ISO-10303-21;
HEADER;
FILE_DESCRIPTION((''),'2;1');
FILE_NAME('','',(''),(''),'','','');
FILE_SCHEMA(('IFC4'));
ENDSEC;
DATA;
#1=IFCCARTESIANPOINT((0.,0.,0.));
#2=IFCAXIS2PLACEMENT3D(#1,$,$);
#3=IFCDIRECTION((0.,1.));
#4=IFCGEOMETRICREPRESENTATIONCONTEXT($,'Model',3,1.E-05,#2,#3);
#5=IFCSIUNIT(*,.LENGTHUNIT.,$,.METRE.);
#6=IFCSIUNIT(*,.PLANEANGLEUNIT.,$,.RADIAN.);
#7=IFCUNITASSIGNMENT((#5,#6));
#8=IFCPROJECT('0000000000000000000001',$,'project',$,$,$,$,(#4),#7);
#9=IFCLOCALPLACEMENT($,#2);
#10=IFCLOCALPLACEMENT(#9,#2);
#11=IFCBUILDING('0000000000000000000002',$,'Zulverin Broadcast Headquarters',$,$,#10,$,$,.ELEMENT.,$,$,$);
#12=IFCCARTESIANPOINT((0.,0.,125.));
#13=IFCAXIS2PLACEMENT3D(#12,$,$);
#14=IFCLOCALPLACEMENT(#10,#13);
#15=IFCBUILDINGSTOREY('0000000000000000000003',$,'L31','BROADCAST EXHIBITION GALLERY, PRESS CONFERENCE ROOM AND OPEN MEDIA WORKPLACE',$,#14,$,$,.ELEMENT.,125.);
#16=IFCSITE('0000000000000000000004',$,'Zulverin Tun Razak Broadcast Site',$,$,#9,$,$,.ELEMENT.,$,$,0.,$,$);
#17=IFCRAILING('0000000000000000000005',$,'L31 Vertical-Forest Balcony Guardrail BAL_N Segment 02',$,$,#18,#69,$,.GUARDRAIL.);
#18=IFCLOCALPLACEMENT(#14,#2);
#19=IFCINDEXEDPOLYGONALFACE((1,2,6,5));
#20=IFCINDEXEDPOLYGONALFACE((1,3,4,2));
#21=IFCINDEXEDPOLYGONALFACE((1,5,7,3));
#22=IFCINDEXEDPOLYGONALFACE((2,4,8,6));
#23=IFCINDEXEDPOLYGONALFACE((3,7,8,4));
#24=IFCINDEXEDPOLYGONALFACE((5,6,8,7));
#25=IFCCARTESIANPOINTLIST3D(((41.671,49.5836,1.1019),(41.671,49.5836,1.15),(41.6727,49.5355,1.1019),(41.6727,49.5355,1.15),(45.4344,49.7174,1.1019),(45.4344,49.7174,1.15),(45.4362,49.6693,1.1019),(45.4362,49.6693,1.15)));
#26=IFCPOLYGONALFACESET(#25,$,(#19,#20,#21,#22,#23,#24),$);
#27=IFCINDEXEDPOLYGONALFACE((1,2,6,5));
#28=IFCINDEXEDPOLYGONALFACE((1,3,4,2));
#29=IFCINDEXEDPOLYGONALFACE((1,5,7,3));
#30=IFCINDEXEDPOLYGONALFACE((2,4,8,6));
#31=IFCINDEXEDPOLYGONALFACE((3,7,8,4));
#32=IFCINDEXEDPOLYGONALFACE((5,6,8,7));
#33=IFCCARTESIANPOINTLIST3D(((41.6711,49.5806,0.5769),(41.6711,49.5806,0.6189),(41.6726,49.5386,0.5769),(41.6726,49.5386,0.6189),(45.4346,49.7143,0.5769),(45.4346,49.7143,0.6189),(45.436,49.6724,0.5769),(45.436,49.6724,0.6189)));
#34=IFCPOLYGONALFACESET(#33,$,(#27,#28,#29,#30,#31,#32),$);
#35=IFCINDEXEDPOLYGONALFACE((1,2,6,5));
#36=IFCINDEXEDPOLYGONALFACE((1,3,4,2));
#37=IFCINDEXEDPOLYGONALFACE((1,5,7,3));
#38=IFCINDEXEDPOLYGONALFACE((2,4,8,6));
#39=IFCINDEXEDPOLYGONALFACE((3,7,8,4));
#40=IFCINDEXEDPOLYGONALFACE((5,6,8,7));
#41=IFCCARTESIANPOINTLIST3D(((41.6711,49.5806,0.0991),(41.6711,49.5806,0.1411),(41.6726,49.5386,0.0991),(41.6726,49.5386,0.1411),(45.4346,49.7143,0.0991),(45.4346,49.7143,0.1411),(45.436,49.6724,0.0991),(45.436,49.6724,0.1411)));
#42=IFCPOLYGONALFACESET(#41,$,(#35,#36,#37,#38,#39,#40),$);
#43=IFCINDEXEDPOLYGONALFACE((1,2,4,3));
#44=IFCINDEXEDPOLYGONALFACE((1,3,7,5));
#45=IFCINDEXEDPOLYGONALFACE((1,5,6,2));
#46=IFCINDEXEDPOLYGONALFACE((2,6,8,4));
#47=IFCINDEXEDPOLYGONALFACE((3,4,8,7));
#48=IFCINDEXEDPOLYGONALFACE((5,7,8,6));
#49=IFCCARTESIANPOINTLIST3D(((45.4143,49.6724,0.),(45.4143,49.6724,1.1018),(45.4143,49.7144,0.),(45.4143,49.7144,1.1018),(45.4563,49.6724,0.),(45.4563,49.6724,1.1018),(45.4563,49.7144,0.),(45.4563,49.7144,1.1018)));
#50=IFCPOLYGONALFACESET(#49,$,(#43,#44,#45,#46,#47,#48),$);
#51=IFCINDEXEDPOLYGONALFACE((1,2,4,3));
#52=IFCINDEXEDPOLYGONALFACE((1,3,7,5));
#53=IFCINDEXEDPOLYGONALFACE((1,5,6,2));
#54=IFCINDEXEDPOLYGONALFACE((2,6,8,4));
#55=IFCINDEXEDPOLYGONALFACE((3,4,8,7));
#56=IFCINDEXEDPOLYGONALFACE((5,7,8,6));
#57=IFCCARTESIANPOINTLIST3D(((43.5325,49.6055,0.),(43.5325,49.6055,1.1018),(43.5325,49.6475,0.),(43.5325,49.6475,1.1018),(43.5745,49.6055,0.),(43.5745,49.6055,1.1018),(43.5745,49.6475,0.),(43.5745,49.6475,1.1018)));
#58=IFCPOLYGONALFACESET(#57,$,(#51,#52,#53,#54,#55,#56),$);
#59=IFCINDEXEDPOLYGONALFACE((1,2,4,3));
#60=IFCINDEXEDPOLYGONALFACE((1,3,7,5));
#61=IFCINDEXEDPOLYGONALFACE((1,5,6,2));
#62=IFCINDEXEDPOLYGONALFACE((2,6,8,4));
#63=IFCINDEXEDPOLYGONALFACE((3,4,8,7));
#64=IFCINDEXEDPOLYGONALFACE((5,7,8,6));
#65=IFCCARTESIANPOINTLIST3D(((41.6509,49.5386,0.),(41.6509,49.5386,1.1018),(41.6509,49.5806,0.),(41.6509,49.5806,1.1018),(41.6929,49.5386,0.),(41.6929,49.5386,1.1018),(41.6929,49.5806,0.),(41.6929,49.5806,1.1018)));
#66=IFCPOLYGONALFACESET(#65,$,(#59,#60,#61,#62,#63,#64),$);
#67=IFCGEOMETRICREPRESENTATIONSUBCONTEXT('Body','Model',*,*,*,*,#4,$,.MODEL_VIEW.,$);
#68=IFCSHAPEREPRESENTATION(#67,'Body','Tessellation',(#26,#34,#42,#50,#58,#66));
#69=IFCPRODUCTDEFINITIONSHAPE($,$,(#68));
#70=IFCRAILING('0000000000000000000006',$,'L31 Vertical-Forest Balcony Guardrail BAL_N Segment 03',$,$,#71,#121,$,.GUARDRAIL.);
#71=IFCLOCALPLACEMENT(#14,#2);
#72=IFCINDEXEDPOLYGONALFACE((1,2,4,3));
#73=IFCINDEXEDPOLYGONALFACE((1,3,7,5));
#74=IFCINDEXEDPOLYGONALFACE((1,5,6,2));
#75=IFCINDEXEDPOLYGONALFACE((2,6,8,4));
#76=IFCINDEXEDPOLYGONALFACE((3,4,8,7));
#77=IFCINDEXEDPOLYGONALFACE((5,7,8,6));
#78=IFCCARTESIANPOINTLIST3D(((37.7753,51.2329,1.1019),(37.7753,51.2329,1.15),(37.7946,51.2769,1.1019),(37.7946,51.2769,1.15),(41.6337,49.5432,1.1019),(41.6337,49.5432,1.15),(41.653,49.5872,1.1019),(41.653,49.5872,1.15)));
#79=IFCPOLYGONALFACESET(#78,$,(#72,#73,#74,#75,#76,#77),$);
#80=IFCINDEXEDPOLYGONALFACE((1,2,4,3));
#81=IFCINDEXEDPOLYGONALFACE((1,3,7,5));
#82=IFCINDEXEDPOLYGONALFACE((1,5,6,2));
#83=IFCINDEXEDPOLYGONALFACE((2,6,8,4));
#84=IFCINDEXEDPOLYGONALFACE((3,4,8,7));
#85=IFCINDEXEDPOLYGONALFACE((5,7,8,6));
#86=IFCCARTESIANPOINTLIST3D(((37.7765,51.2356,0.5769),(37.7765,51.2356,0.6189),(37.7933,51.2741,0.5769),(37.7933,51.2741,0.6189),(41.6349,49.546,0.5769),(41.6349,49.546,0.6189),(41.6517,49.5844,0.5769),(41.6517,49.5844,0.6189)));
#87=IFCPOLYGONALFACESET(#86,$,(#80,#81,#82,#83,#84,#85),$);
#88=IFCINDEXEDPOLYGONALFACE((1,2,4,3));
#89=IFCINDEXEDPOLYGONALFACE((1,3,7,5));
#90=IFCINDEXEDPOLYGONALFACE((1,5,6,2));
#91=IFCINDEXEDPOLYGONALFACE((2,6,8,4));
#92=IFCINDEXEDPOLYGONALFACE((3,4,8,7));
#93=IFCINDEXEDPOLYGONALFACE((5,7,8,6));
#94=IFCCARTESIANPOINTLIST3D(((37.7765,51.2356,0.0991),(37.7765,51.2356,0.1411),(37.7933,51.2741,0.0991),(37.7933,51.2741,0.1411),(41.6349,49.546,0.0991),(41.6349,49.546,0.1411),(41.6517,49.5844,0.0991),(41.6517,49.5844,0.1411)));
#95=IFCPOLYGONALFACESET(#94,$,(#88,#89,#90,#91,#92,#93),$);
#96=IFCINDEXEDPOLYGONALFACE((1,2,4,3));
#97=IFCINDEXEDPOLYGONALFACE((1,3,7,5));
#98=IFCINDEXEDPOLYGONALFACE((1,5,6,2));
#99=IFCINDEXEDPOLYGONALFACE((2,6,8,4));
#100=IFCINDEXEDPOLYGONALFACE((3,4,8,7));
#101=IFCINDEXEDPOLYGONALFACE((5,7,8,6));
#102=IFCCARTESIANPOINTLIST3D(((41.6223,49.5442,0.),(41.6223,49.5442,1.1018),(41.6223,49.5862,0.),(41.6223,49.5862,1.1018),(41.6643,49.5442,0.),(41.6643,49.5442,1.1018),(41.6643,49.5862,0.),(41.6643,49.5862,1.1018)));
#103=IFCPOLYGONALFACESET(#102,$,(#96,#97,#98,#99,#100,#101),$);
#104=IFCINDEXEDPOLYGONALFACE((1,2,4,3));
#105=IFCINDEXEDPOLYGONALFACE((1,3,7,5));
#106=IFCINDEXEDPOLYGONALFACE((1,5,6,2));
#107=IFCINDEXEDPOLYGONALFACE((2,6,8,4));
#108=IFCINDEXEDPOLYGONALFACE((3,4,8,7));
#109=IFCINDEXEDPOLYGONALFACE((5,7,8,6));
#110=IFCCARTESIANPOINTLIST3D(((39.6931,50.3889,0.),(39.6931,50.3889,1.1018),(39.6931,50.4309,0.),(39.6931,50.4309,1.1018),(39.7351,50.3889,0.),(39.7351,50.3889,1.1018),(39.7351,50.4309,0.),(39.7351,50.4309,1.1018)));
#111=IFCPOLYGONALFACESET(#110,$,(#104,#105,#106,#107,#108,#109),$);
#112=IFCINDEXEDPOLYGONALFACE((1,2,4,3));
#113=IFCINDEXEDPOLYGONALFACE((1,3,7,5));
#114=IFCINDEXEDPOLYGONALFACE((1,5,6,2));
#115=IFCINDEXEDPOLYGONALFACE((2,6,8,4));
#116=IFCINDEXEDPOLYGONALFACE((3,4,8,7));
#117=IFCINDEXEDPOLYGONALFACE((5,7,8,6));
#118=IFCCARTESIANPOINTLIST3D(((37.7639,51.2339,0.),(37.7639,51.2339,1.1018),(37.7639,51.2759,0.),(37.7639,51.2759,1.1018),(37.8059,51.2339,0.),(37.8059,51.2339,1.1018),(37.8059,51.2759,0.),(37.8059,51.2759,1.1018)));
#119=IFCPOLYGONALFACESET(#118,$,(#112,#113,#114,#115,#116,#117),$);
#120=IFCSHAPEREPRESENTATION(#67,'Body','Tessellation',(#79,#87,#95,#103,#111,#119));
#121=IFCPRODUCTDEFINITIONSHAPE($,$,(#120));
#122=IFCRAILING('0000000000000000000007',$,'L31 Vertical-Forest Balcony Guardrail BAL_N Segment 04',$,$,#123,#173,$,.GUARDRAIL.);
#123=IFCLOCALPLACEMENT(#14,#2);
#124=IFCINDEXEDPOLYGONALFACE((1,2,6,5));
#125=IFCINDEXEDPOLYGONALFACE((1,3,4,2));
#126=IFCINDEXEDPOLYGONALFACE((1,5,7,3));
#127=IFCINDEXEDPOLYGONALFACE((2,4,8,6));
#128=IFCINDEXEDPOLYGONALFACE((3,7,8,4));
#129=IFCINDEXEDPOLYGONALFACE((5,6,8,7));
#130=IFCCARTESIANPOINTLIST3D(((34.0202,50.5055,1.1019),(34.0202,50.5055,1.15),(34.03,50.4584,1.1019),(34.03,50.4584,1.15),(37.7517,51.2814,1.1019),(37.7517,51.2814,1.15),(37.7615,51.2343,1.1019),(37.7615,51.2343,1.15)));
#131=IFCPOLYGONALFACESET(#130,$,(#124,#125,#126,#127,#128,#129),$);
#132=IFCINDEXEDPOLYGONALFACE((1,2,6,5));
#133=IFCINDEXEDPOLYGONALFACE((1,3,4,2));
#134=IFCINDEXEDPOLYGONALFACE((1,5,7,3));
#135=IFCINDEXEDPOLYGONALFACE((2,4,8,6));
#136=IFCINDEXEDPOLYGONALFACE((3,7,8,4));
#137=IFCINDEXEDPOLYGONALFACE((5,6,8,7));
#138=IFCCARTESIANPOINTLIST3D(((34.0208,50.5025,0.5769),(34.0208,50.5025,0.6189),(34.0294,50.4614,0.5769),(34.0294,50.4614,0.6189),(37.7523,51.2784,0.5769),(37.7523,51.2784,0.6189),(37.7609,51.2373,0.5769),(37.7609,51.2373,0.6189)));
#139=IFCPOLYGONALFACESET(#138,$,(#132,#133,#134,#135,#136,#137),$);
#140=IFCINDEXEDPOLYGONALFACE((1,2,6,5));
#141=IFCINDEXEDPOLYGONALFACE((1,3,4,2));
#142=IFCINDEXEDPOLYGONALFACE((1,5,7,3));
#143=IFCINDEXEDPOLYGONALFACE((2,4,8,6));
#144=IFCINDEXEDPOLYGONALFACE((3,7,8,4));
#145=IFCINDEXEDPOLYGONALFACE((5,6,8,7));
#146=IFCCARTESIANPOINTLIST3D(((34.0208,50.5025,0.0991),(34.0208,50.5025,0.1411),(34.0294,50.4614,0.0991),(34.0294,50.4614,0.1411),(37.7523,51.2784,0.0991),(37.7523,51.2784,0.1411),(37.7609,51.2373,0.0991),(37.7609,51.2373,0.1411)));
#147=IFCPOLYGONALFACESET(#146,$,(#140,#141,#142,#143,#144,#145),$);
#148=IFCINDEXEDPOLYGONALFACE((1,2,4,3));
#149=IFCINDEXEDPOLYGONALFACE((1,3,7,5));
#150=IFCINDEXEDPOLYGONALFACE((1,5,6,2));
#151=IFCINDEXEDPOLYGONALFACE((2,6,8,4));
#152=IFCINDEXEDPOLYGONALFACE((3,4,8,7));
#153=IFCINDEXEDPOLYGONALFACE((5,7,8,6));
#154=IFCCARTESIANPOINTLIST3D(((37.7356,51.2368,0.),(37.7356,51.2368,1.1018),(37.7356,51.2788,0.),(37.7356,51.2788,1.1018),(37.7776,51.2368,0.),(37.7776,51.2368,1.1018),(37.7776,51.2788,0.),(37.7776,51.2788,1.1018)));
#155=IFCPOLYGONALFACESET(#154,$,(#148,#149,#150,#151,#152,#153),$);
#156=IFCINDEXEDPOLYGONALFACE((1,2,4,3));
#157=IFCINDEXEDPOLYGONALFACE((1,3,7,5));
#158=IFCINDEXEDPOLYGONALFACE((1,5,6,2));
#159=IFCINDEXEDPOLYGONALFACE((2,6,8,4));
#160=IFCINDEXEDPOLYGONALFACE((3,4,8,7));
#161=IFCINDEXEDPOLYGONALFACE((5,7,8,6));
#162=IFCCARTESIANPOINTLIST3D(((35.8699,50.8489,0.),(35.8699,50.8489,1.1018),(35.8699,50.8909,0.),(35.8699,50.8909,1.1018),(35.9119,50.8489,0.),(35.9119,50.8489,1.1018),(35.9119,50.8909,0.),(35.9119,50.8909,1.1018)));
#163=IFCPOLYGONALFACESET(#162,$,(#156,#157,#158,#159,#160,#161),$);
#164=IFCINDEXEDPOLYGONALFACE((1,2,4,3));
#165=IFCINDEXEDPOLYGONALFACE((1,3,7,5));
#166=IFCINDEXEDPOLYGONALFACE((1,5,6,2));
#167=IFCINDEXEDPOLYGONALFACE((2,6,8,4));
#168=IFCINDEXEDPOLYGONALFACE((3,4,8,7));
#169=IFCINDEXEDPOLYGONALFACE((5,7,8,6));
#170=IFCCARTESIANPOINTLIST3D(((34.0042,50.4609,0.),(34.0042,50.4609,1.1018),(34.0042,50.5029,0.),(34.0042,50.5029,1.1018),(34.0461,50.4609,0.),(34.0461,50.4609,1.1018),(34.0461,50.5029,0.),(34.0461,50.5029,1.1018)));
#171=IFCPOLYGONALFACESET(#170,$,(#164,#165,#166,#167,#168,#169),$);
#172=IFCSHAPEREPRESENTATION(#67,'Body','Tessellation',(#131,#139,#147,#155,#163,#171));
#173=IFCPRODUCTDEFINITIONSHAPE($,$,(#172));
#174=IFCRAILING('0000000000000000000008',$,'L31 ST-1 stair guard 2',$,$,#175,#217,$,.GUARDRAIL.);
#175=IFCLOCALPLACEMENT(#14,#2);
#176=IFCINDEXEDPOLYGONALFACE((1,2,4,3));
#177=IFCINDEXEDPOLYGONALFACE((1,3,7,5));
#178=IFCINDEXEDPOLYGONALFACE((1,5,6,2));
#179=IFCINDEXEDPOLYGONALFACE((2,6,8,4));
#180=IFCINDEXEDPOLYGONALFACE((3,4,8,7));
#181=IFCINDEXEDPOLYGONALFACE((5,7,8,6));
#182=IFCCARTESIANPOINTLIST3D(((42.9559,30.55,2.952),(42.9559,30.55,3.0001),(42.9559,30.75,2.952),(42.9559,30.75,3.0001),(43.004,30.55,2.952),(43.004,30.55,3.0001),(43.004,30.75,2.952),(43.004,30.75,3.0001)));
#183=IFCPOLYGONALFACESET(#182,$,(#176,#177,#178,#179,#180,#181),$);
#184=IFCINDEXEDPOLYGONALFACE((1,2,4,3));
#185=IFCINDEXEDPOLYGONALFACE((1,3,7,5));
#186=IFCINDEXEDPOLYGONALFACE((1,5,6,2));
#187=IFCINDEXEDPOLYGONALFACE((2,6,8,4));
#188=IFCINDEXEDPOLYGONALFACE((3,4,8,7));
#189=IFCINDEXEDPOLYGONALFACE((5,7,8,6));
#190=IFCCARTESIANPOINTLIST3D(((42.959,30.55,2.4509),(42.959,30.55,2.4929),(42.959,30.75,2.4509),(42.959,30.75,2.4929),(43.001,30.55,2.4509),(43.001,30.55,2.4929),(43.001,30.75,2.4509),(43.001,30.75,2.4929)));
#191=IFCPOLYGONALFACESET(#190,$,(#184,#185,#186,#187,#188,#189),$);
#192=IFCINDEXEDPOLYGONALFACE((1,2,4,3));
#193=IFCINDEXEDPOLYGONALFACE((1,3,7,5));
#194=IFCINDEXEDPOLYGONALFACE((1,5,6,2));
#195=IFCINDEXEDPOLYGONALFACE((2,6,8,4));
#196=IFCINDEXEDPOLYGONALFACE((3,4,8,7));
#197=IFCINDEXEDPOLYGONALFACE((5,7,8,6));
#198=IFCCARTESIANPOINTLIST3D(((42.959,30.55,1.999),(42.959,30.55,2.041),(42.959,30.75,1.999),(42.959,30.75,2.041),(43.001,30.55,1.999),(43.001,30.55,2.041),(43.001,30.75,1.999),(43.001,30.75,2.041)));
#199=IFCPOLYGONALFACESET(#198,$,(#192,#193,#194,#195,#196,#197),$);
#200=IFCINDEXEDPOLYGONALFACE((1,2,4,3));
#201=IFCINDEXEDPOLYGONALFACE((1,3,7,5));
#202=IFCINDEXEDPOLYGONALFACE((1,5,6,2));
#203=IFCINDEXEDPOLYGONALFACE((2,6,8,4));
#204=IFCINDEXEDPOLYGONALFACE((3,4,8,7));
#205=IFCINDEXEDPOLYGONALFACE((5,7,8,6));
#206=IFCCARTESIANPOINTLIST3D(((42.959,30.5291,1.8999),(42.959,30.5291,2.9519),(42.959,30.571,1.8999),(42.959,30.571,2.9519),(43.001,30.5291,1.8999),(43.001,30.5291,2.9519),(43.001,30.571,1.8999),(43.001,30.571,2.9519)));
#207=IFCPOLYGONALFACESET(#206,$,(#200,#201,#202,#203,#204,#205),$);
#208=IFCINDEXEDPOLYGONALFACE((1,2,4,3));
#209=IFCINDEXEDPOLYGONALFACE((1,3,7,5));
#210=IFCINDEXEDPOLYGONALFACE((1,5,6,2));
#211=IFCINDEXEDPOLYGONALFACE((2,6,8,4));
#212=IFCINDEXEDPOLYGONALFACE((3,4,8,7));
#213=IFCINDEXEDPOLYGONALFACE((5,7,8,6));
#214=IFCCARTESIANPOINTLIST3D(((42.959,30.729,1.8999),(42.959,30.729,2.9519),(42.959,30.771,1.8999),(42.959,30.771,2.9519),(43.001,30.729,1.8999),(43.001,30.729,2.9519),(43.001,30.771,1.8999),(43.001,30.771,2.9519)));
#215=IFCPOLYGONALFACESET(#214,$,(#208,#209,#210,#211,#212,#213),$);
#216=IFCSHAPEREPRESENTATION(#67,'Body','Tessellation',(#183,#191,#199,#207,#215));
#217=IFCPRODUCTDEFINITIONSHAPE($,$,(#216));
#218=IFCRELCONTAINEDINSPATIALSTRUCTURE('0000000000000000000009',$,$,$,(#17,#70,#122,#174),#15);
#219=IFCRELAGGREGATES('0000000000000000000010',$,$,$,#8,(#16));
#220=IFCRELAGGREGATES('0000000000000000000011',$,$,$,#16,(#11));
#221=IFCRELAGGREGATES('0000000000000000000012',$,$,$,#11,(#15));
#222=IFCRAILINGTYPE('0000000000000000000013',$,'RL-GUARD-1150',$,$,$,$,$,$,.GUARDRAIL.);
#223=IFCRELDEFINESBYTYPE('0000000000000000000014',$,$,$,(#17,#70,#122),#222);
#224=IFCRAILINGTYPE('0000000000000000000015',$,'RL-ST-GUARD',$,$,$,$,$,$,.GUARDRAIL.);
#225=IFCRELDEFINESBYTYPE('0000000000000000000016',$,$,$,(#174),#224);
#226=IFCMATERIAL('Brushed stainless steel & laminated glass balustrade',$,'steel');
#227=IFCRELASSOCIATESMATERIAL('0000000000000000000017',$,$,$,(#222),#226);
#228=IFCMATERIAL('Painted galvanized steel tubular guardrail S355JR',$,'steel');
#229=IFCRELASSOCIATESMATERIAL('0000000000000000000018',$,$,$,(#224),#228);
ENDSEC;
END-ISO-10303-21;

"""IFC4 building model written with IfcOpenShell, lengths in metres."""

from ifc_helpers import new_model, si_unit, direction, frame, origin, origin_2d, place, context, subcontext, project, spatial, rectangle, extrude, material, type_object, element, save


model = new_model("IFC4")

# Units and contexts
model_context = context("Model", 3, precision=1e-05, world=origin(), true_north=direction((0.0, 1.0)))
body_context = subcontext(model_context, "Body", "Model", "MODEL_VIEW")
ifc_project = project(units=[si_unit("LENGTHUNIT", "METRE"), si_unit("PLANEANGLEUNIT", "RADIAN")], contexts=[model_context])

# Site, building, storey
site_placement = place(None, origin())
site = spatial("IfcSite", under=ifc_project, at=site_placement, Name="Zulverin Tun Razak Broadcast Site", CompositionType="ELEMENT", RefElevation=0.0)
building_placement = place(site_placement, origin())
building = spatial("IfcBuilding", under=site, at=building_placement, Name="Zulverin Broadcast Headquarters", CompositionType="ELEMENT")
storey_placement = place(building_placement, frame((0.0, 0.0, 125.0)))
storey = spatial("IfcBuildingStorey", under=building, at=storey_placement, Name="L31", Description="BROADCAST EXHIBITION GALLERY, PRESS CONFERENCE ROOM AND OPEN MEDIA WORKPLACE", CompositionType="ELEMENT", Elevation=125.0)

# Railings
ifc_material_1 = material(Name="Brushed stainless steel & laminated glass balustrade", Category="steel")
railing_type_1 = type_object("IfcRailingType", Name="RL-GUARD-1150", PredefinedType="GUARDRAIL", material=ifc_material_1)
railing_1_placement = place(storey_placement, frame((45.4353, 49.6934, 0.0)))
element("IfcRailing", 1, at=railing_1_placement, inside=storey, type_object=railing_type_1, Name="L31 Vertical-Forest Balcony Guardrail BAL_N Segment 02", PredefinedType="GUARDRAIL", context=body_context, shape_type="SweptSolid", body=[
    extrude(rectangle(XDim=0.0481, YDim=0.0481, at=origin_2d()), frame((0.0, 0.0, 1.126), z_axis=(-0.999369, -0.035527, 0.0), x_axis=(0.035527, -0.999369, 0.0)), (0.0, 0.0, 1.0), 3.7659),
    extrude(rectangle(XDim=0.042, YDim=0.042, at=origin_2d()), frame((0.0, 0.0, 0.5979), z_axis=(-0.999369, -0.035527, 0.0), x_axis=(0.035527, -0.999369, 0.0)), (0.0, 0.0, 1.0), 3.7659),
    extrude(rectangle(XDim=0.042, YDim=0.042, at=origin_2d()), frame((0.0, 0.0, 0.1201), z_axis=(-0.999369, -0.035527, 0.0), x_axis=(0.035527, -0.999369, 0.0)), (0.0, 0.0, 1.0), 3.7659),
    extrude(rectangle(XDim=0.042, YDim=0.042, at=origin_2d()), origin(), (0.0, 0.0, 1.0), 1.1018),
    extrude(rectangle(XDim=0.042, YDim=0.042, at=origin_2d()), frame((-1.8818, -0.0669, 0.0)), (0.0, 0.0, 1.0), 1.1018),
    extrude(rectangle(XDim=0.042, YDim=0.042, at=origin_2d()), frame((-3.7634, -0.1338, 0.0)), (0.0, 0.0, 1.0), 1.1018),
])
railing_2_placement = place(storey_placement, frame((41.6433, 49.5652, 0.0)))
element("IfcRailing", 2, at=railing_2_placement, inside=storey, type_object=railing_type_1, Name="L31 Vertical-Forest Balcony Guardrail BAL_N Segment 03", PredefinedType="GUARDRAIL", context=body_context, shape_type="SweptSolid", body=[
    extrude(rectangle(XDim=0.0481, YDim=0.0481, at=origin_2d()), frame((0.0, 0.0, 1.126), z_axis=(-0.916014, 0.401147, 0.0), x_axis=(-0.401147, -0.916014, 0.0)), (0.0, 0.0, 1.0), 4.2122),
    extrude(rectangle(XDim=0.042, YDim=0.042, at=origin_2d()), frame((0.0, 0.0, 0.5979), z_axis=(-0.916014, 0.401147, 0.0), x_axis=(-0.401147, -0.916014, 0.0)), (0.0, 0.0, 1.0), 4.2122),
    extrude(rectangle(XDim=0.042, YDim=0.042, at=origin_2d()), frame((0.0, 0.0, 0.1201), z_axis=(-0.916014, 0.401147, 0.0), x_axis=(-0.401147, -0.916014, 0.0)), (0.0, 0.0, 1.0), 4.2122),
    extrude(rectangle(XDim=0.042, YDim=0.042, at=origin_2d()), origin(), (0.0, 0.0, 1.0), 1.1018),
    extrude(rectangle(XDim=0.042, YDim=0.042, at=origin_2d()), frame((-1.9292, 0.8447, 0.0)), (0.0, 0.0, 1.0), 1.1018),
    extrude(rectangle(XDim=0.042, YDim=0.042, at=origin_2d()), frame((-3.8584, 1.6897, 0.0)), (0.0, 0.0, 1.0), 1.1018),
])
railing_3_placement = place(storey_placement, frame((37.7566, 51.2578, 0.0)))
element("IfcRailing", 3, at=railing_3_placement, inside=storey, type_object=railing_type_1, Name="L31 Vertical-Forest Balcony Guardrail BAL_N Segment 04", PredefinedType="GUARDRAIL", context=body_context, shape_type="SweptSolid", body=[
    extrude(rectangle(XDim=0.0481, YDim=0.0481, at=origin_2d()), frame((0.0, 0.0, 1.126), z_axis=(-0.979059, -0.203576, 0.0), x_axis=(0.203576, -0.979059, 0.0)), (0.0, 0.0, 1.0), 3.8113),
    extrude(rectangle(XDim=0.042, YDim=0.042, at=origin_2d()), frame((0.0, 0.0, 0.5979), z_axis=(-0.979059, -0.203576, 0.0), x_axis=(0.203576, -0.979059, 0.0)), (0.0, 0.0, 1.0), 3.8113),
    extrude(rectangle(XDim=0.042, YDim=0.042, at=origin_2d()), frame((0.0, 0.0, 0.1201), z_axis=(-0.979059, -0.203576, 0.0), x_axis=(0.203576, -0.979059, 0.0)), (0.0, 0.0, 1.0), 3.8113),
    extrude(rectangle(XDim=0.042, YDim=0.042, at=origin_2d()), origin(), (0.0, 0.0, 1.0), 1.1018),
    extrude(rectangle(XDim=0.042, YDim=0.042, at=origin_2d()), frame((-1.8657, -0.3879, 0.0)), (0.0, 0.0, 1.0), 1.1018),
    extrude(rectangle(XDim=0.042, YDim=0.042, at=origin_2d()), frame((-3.7314, -0.7759, 0.0)), (0.0, 0.0, 1.0), 1.1018),
])
ifc_material_2 = material(Name="Painted galvanized steel tubular guardrail S355JR", Category="steel")
railing_type_2 = type_object("IfcRailingType", Name="RL-ST-GUARD", PredefinedType="GUARDRAIL", material=ifc_material_2)
railing_4_placement = place(storey_placement, frame((42.98, 30.55, 1.8999)))
element("IfcRailing", 4, at=railing_4_placement, inside=storey, type_object=railing_type_2, Name="L31 ST-1 stair guard 2", PredefinedType="GUARDRAIL", context=body_context, shape_type="SweptSolid", body=[
    extrude(rectangle(XDim=0.0481, YDim=0.0481, at=origin_2d()), frame((0.0, 0.0, 1.0762), z_axis=(0.0, 1.0, 0.0), x_axis=(-1.0, 0.0, 0.0)), (0.0, 0.0, 1.0), 0.2),
    extrude(rectangle(XDim=0.042, YDim=0.042, at=origin_2d()), frame((0.0, 0.0, 0.572), z_axis=(0.0, 1.0, 0.0), x_axis=(-1.0, 0.0, 0.0)), (0.0, 0.0, 1.0), 0.2),
    extrude(rectangle(XDim=0.042, YDim=0.042, at=origin_2d()), frame((0.0, 0.0, 0.1201), z_axis=(0.0, 1.0, 0.0), x_axis=(-1.0, 0.0, 0.0)), (0.0, 0.0, 1.0), 0.2),
    extrude(rectangle(XDim=0.042, YDim=0.042, at=origin_2d()), origin(), (0.0, 0.0, 1.0), 1.052),
    extrude(rectangle(XDim=0.042, YDim=0.042, at=origin_2d()), frame((0.0, 0.2, 0.0)), (0.0, 0.0, 1.0), 1.052),
])

save(model, "model.ifc")
